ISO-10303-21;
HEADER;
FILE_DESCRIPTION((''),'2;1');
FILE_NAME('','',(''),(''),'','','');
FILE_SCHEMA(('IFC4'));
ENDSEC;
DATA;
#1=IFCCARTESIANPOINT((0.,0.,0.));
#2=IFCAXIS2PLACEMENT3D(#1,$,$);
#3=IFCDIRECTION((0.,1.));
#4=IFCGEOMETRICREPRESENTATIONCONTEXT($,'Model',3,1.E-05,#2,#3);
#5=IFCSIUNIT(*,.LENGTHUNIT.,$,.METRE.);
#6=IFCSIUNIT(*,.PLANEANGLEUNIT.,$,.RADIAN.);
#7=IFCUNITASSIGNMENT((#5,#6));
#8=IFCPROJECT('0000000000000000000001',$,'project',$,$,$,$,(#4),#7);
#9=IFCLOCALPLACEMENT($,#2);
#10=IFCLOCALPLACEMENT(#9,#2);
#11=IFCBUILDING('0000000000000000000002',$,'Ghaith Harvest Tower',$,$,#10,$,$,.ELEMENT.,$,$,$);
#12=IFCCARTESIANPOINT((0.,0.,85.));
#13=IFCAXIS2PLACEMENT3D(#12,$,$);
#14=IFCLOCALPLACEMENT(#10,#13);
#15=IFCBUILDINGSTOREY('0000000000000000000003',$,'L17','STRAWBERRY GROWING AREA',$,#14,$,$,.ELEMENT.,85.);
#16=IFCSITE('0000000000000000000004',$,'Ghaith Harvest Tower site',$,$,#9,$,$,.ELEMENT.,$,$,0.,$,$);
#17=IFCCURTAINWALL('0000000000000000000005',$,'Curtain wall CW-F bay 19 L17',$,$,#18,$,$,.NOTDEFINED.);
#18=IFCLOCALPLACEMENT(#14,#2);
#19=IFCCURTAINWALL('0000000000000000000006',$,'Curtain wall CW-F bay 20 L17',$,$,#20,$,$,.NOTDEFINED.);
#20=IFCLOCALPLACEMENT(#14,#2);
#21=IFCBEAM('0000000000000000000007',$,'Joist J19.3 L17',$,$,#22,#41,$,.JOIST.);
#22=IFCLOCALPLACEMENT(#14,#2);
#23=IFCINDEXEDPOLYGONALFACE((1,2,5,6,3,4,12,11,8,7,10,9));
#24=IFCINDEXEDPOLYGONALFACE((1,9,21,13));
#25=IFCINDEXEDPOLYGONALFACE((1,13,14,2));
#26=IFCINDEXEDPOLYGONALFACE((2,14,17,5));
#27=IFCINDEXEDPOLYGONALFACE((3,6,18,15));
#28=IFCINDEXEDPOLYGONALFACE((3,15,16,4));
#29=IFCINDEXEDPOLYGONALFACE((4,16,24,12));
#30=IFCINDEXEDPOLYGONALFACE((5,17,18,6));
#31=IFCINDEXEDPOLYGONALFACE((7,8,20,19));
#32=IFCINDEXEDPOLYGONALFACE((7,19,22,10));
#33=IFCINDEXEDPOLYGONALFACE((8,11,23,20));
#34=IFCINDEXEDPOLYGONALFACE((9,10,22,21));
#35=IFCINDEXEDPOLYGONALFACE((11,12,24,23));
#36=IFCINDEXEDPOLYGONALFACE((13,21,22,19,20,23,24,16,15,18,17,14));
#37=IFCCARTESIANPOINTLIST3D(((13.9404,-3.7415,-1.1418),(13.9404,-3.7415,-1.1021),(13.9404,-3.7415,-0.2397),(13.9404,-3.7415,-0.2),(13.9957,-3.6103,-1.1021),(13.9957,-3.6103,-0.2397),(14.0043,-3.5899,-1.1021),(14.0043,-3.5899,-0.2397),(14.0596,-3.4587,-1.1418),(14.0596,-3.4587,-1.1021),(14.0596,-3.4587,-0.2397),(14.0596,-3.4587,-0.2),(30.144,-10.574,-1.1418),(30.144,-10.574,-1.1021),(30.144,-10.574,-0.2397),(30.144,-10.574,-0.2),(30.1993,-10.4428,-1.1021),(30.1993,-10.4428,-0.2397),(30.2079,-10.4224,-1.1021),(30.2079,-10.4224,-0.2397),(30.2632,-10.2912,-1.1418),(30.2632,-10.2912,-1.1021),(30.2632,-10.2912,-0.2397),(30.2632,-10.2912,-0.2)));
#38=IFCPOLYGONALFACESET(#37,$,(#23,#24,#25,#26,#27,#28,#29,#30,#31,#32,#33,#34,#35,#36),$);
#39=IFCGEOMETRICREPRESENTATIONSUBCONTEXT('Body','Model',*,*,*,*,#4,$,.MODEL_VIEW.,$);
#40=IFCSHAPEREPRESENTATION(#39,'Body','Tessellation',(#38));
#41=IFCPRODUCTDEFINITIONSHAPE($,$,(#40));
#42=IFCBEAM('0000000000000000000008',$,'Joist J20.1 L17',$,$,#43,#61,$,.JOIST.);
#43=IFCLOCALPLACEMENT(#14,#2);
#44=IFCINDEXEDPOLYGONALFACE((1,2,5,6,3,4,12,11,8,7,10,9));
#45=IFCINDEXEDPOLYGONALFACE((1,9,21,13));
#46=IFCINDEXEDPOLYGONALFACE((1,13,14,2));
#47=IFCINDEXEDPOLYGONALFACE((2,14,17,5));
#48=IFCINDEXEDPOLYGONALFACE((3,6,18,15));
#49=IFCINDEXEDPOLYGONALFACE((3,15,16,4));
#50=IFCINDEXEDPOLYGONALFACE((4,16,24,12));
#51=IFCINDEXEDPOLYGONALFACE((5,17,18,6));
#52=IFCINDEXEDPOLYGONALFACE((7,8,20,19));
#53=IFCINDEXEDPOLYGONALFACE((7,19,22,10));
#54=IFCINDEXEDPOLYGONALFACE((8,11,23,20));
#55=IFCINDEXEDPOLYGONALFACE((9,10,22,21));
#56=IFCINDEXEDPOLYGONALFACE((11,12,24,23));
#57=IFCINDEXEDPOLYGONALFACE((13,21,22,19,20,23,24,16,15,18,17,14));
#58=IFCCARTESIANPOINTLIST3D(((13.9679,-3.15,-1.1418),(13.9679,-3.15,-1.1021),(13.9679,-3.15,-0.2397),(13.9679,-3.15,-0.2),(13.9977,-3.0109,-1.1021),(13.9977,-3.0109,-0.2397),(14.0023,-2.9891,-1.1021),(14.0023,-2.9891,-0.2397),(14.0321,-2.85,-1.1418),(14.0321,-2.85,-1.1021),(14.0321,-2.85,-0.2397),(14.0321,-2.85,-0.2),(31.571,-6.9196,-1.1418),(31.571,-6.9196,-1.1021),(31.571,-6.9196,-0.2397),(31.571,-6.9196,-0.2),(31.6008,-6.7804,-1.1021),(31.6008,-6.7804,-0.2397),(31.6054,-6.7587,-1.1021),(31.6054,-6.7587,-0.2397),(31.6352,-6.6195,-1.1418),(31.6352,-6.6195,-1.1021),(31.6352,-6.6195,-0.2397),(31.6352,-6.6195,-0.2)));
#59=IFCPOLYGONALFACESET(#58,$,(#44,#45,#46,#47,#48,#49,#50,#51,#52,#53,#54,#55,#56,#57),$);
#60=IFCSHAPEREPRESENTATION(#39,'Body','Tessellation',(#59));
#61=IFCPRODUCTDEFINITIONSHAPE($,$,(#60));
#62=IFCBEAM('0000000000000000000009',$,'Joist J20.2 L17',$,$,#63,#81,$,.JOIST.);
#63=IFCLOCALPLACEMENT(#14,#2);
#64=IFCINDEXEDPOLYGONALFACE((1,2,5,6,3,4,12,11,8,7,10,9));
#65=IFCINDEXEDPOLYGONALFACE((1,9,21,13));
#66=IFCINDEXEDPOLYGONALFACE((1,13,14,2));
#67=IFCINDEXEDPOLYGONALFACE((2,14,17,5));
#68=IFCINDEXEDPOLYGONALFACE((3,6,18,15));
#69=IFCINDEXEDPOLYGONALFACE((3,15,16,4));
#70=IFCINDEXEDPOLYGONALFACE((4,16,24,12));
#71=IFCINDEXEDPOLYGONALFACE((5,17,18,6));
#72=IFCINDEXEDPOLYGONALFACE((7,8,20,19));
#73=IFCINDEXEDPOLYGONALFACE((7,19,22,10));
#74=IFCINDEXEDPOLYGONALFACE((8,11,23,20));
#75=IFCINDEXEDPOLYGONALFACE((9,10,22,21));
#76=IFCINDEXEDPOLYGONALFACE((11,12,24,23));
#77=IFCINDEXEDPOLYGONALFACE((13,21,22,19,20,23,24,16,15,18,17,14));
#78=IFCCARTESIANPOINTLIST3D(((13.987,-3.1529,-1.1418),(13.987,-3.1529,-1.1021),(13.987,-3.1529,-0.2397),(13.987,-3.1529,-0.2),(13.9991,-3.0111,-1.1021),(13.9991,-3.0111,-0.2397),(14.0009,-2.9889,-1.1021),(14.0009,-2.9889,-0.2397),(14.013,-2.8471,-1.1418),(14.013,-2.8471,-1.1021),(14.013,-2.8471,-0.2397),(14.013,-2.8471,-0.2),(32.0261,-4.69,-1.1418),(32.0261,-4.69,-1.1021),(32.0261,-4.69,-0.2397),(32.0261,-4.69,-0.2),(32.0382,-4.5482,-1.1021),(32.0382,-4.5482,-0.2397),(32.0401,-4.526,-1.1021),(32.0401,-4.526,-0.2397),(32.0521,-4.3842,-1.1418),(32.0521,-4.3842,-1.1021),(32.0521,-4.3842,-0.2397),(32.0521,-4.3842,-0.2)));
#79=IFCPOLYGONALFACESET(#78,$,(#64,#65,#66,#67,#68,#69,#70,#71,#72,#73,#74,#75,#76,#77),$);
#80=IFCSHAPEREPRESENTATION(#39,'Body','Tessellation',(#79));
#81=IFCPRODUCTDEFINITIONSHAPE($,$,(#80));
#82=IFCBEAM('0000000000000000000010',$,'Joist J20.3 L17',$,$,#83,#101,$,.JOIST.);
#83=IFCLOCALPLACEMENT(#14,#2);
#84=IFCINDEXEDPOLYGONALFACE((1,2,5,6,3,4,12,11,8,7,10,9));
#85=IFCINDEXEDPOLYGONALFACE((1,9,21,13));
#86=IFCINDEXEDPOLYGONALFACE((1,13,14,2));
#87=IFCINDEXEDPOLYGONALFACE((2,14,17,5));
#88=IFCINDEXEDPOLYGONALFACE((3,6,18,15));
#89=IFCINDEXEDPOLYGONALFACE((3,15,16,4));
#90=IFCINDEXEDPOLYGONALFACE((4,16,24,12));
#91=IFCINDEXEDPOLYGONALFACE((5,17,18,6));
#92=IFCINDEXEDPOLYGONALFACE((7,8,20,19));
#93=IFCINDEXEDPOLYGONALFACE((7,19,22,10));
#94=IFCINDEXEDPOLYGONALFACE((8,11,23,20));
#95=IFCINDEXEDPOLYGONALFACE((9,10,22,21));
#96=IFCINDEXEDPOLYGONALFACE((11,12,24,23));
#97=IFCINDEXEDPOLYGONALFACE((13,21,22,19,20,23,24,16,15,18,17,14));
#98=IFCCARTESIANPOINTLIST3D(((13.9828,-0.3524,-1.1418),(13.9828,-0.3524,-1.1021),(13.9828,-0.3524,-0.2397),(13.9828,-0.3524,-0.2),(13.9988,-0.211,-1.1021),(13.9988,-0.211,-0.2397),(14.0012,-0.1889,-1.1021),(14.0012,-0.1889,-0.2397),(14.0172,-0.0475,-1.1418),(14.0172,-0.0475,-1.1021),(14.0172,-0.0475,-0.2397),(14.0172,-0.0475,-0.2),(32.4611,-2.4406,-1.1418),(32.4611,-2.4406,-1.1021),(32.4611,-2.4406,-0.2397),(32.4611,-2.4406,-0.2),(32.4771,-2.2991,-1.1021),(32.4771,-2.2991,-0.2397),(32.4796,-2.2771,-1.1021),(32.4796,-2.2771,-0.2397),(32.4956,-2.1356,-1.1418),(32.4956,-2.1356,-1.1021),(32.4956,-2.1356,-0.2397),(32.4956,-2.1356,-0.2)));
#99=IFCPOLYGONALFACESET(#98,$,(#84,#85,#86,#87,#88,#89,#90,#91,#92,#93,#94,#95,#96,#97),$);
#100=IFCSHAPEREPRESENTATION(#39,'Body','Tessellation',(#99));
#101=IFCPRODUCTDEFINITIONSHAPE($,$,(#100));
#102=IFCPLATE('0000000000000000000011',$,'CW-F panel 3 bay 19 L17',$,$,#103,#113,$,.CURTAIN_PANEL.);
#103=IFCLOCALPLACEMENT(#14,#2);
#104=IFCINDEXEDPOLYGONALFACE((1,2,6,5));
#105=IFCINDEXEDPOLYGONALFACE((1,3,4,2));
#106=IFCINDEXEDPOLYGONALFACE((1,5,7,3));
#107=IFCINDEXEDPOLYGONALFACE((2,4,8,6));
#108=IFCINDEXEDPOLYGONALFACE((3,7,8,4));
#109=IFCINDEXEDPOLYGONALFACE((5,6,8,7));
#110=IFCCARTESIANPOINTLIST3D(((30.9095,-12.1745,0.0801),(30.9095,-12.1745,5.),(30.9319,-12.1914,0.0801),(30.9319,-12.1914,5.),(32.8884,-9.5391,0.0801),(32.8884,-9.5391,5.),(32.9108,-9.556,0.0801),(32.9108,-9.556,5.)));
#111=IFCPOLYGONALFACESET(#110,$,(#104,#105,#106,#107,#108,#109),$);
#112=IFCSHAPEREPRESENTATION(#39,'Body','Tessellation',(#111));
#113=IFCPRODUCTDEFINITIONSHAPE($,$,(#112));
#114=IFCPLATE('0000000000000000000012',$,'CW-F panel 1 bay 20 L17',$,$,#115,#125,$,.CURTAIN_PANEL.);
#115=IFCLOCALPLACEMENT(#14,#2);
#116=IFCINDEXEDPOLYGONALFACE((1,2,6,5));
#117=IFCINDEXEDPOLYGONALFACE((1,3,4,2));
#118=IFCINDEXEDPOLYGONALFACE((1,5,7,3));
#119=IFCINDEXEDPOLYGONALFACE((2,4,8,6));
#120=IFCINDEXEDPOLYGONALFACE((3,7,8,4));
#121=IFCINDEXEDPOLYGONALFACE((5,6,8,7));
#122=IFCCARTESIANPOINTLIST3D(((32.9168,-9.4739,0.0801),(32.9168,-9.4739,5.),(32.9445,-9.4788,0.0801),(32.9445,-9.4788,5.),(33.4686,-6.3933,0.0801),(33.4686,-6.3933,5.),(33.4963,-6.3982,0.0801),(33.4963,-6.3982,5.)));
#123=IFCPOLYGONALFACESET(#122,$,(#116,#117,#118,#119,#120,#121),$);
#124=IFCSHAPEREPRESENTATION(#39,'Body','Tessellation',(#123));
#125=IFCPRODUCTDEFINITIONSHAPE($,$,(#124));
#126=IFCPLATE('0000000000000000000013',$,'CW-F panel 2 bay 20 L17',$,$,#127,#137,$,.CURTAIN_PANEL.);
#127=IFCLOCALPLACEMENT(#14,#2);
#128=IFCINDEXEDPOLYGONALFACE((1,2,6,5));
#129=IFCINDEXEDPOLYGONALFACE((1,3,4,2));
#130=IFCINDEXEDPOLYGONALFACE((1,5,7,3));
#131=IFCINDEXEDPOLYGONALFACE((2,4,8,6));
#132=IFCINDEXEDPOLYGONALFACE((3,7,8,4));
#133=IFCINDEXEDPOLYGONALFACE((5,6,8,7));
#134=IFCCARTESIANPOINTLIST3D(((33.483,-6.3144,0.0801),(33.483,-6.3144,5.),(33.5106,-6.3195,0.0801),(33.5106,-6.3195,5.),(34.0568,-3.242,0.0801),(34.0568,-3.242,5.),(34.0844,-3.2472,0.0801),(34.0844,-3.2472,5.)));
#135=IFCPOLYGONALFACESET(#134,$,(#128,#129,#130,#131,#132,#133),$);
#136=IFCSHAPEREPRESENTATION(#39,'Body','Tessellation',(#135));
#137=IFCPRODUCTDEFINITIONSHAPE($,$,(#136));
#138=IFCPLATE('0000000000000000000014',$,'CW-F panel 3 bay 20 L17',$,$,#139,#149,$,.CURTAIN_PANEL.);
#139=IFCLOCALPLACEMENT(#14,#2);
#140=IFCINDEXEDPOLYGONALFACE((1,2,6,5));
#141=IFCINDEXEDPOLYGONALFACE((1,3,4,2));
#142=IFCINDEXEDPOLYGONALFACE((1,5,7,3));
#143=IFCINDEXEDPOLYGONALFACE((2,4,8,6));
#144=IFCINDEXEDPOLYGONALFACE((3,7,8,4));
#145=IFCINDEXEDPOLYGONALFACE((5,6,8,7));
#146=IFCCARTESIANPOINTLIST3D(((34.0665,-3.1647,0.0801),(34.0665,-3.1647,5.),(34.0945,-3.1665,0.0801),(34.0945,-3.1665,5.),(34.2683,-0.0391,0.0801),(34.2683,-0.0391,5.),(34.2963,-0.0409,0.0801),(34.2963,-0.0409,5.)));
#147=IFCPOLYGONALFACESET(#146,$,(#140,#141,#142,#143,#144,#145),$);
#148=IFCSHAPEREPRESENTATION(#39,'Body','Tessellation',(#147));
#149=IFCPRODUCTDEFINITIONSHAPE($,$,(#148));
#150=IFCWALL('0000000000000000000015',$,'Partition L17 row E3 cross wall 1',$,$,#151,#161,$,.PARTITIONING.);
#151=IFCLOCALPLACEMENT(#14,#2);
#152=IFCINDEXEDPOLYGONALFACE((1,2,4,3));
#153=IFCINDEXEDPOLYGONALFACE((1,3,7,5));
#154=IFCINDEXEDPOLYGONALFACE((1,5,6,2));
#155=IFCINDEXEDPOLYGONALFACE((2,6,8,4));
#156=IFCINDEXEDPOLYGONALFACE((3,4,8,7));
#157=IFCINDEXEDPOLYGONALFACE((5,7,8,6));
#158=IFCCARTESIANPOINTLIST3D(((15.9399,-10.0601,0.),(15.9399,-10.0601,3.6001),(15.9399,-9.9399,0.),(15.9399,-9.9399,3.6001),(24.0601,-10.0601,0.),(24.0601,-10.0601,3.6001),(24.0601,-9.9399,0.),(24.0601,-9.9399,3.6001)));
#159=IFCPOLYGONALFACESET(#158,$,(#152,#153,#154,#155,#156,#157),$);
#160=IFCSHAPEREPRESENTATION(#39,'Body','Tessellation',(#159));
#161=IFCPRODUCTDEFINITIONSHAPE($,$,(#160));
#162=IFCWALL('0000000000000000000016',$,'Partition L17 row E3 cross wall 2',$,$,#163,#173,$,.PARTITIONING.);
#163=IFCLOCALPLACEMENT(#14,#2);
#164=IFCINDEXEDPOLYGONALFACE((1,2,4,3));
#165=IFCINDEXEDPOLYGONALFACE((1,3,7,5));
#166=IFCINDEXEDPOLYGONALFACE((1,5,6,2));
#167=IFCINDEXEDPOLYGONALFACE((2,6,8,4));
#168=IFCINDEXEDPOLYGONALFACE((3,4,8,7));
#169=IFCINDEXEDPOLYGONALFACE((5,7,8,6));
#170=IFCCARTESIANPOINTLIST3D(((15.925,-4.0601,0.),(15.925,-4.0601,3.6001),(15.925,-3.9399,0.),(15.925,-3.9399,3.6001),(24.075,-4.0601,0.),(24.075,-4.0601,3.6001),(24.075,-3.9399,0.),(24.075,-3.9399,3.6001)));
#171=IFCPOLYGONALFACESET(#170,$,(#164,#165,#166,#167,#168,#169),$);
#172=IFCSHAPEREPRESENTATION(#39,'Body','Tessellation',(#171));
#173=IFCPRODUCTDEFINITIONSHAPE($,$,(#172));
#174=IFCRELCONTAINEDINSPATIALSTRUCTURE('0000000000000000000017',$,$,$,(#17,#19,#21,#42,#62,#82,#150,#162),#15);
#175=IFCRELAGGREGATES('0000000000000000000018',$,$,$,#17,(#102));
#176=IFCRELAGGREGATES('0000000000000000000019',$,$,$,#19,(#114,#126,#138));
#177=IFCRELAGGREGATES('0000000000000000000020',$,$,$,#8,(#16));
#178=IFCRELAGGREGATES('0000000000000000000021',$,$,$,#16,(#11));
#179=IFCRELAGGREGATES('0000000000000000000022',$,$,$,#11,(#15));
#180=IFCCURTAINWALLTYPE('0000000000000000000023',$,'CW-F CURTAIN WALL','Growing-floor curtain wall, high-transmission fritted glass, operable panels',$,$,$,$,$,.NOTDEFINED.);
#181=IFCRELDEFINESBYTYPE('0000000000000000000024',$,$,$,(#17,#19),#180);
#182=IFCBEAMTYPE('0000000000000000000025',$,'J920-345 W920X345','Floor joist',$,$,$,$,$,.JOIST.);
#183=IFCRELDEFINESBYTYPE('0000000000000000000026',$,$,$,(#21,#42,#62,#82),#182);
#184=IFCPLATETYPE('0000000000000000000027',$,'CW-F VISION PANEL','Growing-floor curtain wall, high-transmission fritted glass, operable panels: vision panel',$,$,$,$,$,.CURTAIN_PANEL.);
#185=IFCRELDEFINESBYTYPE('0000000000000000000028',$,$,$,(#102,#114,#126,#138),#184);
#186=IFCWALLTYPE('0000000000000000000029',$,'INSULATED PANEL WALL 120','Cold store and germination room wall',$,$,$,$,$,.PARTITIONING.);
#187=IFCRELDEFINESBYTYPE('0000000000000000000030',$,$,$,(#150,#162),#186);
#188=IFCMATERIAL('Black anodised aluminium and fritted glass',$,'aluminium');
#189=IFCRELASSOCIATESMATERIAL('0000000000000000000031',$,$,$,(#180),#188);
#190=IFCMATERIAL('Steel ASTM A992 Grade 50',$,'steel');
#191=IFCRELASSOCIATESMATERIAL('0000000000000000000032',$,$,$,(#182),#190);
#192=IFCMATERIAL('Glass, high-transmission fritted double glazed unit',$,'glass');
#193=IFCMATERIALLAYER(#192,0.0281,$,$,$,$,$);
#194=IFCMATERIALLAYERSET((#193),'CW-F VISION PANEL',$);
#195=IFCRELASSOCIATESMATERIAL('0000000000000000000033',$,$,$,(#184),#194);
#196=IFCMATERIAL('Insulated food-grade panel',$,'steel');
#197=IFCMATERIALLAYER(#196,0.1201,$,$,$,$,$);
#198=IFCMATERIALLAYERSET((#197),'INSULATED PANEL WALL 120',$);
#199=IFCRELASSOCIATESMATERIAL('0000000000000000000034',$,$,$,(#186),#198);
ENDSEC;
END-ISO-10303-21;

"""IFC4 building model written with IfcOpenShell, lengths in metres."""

from ifc_helpers import new_model, si_unit, direction, frame, frame_2d, origin, origin_2d, place, context, subcontext, project, spatial, rectangle, i_section, extrude, material, layer, layer_set, material_profile, profile_set, type_object, element, aggregate, save


model = new_model("IFC4")

# Units and contexts
model_context = context("Model", 3, precision=1e-05, world=origin(), true_north=direction((0.0, 1.0)))
body_context = subcontext(model_context, "Body", "Model", "MODEL_VIEW")
ifc_project = project(units=[si_unit("LENGTHUNIT", "METRE"), si_unit("PLANEANGLEUNIT", "RADIAN")], contexts=[model_context])

# Site, building, storey
site_placement = place(None, origin())
site = spatial("IfcSite", under=ifc_project, at=site_placement, Name="Ghaith Harvest Tower site", CompositionType="ELEMENT", RefElevation=0.0)
building_placement = place(site_placement, origin())
building = spatial("IfcBuilding", under=site, at=building_placement, Name="Ghaith Harvest Tower", CompositionType="ELEMENT")
storey_placement = place(building_placement, frame((0.0, 0.0, 85.0)))
storey = spatial("IfcBuildingStorey", under=building, at=storey_placement, Name="L17", Description="STRAWBERRY GROWING AREA", CompositionType="ELEMENT", Elevation=85.0)

# Curtain wall
ifc_material_1 = material(Name="Black anodised aluminium and fritted glass", Category="aluminium")
curtain_wall_type = type_object("IfcCurtainWallType", Name="CW-F CURTAIN WALL", Description="Growing-floor curtain wall, high-transmission fritted glass, operable panels", PredefinedType="NOTDEFINED", material=ifc_material_1)
curtain_wall_1_placement = place(storey_placement, origin())
curtain_wall_1 = element("IfcCurtainWall", 1, at=curtain_wall_1_placement, inside=storey, type_object=curtain_wall_type, Name="Curtain wall CW-F bay 19 L17", PredefinedType="NOTDEFINED")

# Curtain wall
curtain_wall_2_placement = place(storey_placement, origin())
curtain_wall_2 = element("IfcCurtainWall", 2, at=curtain_wall_2_placement, inside=storey, type_object=curtain_wall_type, Name="Curtain wall CW-F bay 20 L17", PredefinedType="NOTDEFINED")

# Beams
ifc_material_2 = material(Name="Steel ASTM A992 Grade 50", Category="steel")
ifc_material_profile_1 = material_profile(ifc_material_2, i_section(OverallWidth=0.3069, OverallDepth=0.9419, WebThickness=0.0222, FlangeThickness=0.0398, at=origin_2d()), Name="W920X345")
ifc_profile_set_1 = profile_set([ifc_material_profile_1], Name="Steel ASTM A992 Grade 50")
beam_type_1 = type_object("IfcBeamType", Name="J920-345 W920X345", Description="Floor joist", PredefinedType="JOIST", material=ifc_profile_set_1)
beam_1_placement = place(storey_placement, frame((14.0, -3.6001, -0.6709), z_axis=(0.921433, -0.388537, 0.0), x_axis=(0.388537, 0.921433, 0.0)))
element("IfcBeam", 3, at=beam_1_placement, inside=storey, type_object=beam_type_1, Name="Joist J19.3 L17", PredefinedType="JOIST", context=body_context, shape_type="SweptSolid", body=[
    extrude(i_section(OverallWidth=0.3069, OverallDepth=0.9419, WebThickness=0.0222, FlangeThickness=0.0398, at=origin_2d()), origin(), (0.0, 0.0, 1.0), 17.5852),
])
beam_2_placement = place(storey_placement, frame((14.0, -3.0, -0.6709), z_axis=(0.977831, -0.209394, 0.0), x_axis=(0.209394, 0.977831, 0.0)))
element("IfcBeam", 4, at=beam_2_placement, inside=storey, type_object=beam_type_1, Name="Joist J20.1 L17", PredefinedType="JOIST", context=body_context, shape_type="SweptSolid", body=[
    extrude(i_section(OverallWidth=0.3069, OverallDepth=0.9419, WebThickness=0.0222, FlangeThickness=0.0398, at=origin_2d()), origin(), (0.0, 0.0, 1.0), 18.0022),
])
beam_3_placement = place(storey_placement, frame((14.0, -3.0, -0.6709), z_axis=(0.996389, -0.084902, 0.0), x_axis=(0.084902, 0.996389, 0.0)))
element("IfcBeam", 5, at=beam_3_placement, inside=storey, type_object=beam_type_1, Name="Joist J20.2 L17", PredefinedType="JOIST", context=body_context, shape_type="SweptSolid", body=[
    extrude(i_section(OverallWidth=0.3069, OverallDepth=0.9419, WebThickness=0.0222, FlangeThickness=0.0398, at=origin_2d()), origin(), (0.0, 0.0, 1.0), 18.1045),
])
beam_4_placement = place(storey_placement, frame((14.0, -0.2, -0.6709), z_axis=(0.993675, -0.11229, 0.0), x_axis=(0.11229, 0.993675, 0.0)))
element("IfcBeam", 6, at=beam_4_placement, inside=storey, type_object=beam_type_1, Name="Joist J20.3 L17", PredefinedType="JOIST", context=body_context, shape_type="SweptSolid", body=[
    extrude(i_section(OverallWidth=0.3069, OverallDepth=0.9419, WebThickness=0.0222, FlangeThickness=0.0398, at=origin_2d()), origin(), (0.0, 0.0, 1.0), 18.5959),
])

# Plates
ifc_material_3 = material(Name="Glass, high-transmission fritted double glazed unit", Category="glass")
ifc_layer_1 = layer(ifc_material_3, 0.0281)
ifc_layer_set_1 = layer_set([ifc_layer_1], Name="CW-F VISION PANEL")
plate_type = type_object("IfcPlateType", Name="CW-F VISION PANEL", Description="Growing-floor curtain wall, high-transmission fritted glass, operable panels: vision panel", PredefinedType="CURTAIN_PANEL", material=ifc_layer_set_1)
plate_1_placement = place(storey_placement, frame((31.9102, -10.8652, 0.0801), z_axis=(0.0, 0.0, 1.0), x_axis=(0.600454, 0.799659, 0.0)))
plate_1 = element("IfcPlate", 7, at=plate_1_placement, type_object=plate_type, Name="CW-F panel 3 bay 19 L17", PredefinedType="CURTAIN_PANEL", context=body_context, shape_type="SweptSolid", body=[
    extrude(rectangle(XDim=3.2957, YDim=0.0281, at=origin_2d()), origin(), (0.0, 0.0, 1.0), 4.9199),
])
aggregate(curtain_wall_1, [plate_1])
plate_2_placement = place(storey_placement, frame((33.2065, -7.936, 0.0801), z_axis=(0.0, 0.0, 1.0), x_axis=(0.17632, 0.984333, 0.0)))
plate_2 = element("IfcPlate", 8, at=plate_2_placement, type_object=plate_type, Name="CW-F panel 1 bay 20 L17", PredefinedType="CURTAIN_PANEL", context=body_context, shape_type="SweptSolid", body=[
    extrude(rectangle(XDim=3.1296, YDim=0.0281, at=origin_2d()), origin(), (0.0, 0.0, 1.0), 4.9199),
])
plate_3_placement = place(storey_placement, frame((33.7837, -4.7808, 0.0801), z_axis=(0.0, 0.0, 1.0), x_axis=(0.183569, 0.983007, 0.0)))
plate_3 = element("IfcPlate", 9, at=plate_3_placement, type_object=plate_type, Name="CW-F panel 2 bay 20 L17", PredefinedType="CURTAIN_PANEL", context=body_context, shape_type="SweptSolid", body=[
    extrude(rectangle(XDim=3.1255, YDim=0.0281, at=origin_2d()), origin(), (0.0, 0.0, 1.0), 4.9199),
])
plate_4_placement = place(storey_placement, frame((34.1814, -1.6028, 0.0801), z_axis=(0.0, 0.0, 1.0), x_axis=(0.064446, 0.997921, 0.0)))
plate_4 = element("IfcPlate", 10, at=plate_4_placement, type_object=plate_type, Name="CW-F panel 3 bay 20 L17", PredefinedType="CURTAIN_PANEL", context=body_context, shape_type="SweptSolid", body=[
    extrude(rectangle(XDim=3.1321, YDim=0.0281, at=origin_2d()), origin(), (0.0, 0.0, 1.0), 4.9199),
])
aggregate(curtain_wall_2, [plate_2, plate_3, plate_4])

# Walls
ifc_material_4 = material(Name="Insulated food-grade panel", Category="steel")
ifc_layer_2 = layer(ifc_material_4, 0.1201)
ifc_layer_set_2 = layer_set([ifc_layer_2], Name="INSULATED PANEL WALL 120")
wall_type_1 = type_object("IfcWallType", Name="INSULATED PANEL WALL 120", Description="Cold store and germination room wall", PredefinedType="PARTITIONING", material=ifc_layer_set_2)
wall_1_placement = place(storey_placement, frame((15.9399, -10.0, 0.0), z_axis=(0.0, 0.0, 1.0), x_axis=(1.0, 0.0, 0.0)))
element("IfcWall", 11, at=wall_1_placement, inside=storey, type_object=wall_type_1, Name="Partition L17 row E3 cross wall 1", PredefinedType="PARTITIONING", context=body_context, shape_type="SweptSolid", body=[
    extrude(rectangle(XDim=8.1201, YDim=0.1201, at=frame_2d((4.0601, 0.0))), origin(), (0.0, 0.0, 1.0), 3.6001),
])
wall_2_placement = place(storey_placement, frame((15.925, -4.0, 0.0), z_axis=(0.0, 0.0, 1.0), x_axis=(1.0, 0.0, 0.0)))
element("IfcWall", 12, at=wall_2_placement, inside=storey, type_object=wall_type_1, Name="Partition L17 row E3 cross wall 2", PredefinedType="PARTITIONING", context=body_context, shape_type="SweptSolid", body=[
    extrude(rectangle(XDim=8.1499, YDim=0.1201, at=frame_2d((4.075, 0.0))), origin(), (0.0, 0.0, 1.0), 3.6001),
])

save(model, "model.ifc")
